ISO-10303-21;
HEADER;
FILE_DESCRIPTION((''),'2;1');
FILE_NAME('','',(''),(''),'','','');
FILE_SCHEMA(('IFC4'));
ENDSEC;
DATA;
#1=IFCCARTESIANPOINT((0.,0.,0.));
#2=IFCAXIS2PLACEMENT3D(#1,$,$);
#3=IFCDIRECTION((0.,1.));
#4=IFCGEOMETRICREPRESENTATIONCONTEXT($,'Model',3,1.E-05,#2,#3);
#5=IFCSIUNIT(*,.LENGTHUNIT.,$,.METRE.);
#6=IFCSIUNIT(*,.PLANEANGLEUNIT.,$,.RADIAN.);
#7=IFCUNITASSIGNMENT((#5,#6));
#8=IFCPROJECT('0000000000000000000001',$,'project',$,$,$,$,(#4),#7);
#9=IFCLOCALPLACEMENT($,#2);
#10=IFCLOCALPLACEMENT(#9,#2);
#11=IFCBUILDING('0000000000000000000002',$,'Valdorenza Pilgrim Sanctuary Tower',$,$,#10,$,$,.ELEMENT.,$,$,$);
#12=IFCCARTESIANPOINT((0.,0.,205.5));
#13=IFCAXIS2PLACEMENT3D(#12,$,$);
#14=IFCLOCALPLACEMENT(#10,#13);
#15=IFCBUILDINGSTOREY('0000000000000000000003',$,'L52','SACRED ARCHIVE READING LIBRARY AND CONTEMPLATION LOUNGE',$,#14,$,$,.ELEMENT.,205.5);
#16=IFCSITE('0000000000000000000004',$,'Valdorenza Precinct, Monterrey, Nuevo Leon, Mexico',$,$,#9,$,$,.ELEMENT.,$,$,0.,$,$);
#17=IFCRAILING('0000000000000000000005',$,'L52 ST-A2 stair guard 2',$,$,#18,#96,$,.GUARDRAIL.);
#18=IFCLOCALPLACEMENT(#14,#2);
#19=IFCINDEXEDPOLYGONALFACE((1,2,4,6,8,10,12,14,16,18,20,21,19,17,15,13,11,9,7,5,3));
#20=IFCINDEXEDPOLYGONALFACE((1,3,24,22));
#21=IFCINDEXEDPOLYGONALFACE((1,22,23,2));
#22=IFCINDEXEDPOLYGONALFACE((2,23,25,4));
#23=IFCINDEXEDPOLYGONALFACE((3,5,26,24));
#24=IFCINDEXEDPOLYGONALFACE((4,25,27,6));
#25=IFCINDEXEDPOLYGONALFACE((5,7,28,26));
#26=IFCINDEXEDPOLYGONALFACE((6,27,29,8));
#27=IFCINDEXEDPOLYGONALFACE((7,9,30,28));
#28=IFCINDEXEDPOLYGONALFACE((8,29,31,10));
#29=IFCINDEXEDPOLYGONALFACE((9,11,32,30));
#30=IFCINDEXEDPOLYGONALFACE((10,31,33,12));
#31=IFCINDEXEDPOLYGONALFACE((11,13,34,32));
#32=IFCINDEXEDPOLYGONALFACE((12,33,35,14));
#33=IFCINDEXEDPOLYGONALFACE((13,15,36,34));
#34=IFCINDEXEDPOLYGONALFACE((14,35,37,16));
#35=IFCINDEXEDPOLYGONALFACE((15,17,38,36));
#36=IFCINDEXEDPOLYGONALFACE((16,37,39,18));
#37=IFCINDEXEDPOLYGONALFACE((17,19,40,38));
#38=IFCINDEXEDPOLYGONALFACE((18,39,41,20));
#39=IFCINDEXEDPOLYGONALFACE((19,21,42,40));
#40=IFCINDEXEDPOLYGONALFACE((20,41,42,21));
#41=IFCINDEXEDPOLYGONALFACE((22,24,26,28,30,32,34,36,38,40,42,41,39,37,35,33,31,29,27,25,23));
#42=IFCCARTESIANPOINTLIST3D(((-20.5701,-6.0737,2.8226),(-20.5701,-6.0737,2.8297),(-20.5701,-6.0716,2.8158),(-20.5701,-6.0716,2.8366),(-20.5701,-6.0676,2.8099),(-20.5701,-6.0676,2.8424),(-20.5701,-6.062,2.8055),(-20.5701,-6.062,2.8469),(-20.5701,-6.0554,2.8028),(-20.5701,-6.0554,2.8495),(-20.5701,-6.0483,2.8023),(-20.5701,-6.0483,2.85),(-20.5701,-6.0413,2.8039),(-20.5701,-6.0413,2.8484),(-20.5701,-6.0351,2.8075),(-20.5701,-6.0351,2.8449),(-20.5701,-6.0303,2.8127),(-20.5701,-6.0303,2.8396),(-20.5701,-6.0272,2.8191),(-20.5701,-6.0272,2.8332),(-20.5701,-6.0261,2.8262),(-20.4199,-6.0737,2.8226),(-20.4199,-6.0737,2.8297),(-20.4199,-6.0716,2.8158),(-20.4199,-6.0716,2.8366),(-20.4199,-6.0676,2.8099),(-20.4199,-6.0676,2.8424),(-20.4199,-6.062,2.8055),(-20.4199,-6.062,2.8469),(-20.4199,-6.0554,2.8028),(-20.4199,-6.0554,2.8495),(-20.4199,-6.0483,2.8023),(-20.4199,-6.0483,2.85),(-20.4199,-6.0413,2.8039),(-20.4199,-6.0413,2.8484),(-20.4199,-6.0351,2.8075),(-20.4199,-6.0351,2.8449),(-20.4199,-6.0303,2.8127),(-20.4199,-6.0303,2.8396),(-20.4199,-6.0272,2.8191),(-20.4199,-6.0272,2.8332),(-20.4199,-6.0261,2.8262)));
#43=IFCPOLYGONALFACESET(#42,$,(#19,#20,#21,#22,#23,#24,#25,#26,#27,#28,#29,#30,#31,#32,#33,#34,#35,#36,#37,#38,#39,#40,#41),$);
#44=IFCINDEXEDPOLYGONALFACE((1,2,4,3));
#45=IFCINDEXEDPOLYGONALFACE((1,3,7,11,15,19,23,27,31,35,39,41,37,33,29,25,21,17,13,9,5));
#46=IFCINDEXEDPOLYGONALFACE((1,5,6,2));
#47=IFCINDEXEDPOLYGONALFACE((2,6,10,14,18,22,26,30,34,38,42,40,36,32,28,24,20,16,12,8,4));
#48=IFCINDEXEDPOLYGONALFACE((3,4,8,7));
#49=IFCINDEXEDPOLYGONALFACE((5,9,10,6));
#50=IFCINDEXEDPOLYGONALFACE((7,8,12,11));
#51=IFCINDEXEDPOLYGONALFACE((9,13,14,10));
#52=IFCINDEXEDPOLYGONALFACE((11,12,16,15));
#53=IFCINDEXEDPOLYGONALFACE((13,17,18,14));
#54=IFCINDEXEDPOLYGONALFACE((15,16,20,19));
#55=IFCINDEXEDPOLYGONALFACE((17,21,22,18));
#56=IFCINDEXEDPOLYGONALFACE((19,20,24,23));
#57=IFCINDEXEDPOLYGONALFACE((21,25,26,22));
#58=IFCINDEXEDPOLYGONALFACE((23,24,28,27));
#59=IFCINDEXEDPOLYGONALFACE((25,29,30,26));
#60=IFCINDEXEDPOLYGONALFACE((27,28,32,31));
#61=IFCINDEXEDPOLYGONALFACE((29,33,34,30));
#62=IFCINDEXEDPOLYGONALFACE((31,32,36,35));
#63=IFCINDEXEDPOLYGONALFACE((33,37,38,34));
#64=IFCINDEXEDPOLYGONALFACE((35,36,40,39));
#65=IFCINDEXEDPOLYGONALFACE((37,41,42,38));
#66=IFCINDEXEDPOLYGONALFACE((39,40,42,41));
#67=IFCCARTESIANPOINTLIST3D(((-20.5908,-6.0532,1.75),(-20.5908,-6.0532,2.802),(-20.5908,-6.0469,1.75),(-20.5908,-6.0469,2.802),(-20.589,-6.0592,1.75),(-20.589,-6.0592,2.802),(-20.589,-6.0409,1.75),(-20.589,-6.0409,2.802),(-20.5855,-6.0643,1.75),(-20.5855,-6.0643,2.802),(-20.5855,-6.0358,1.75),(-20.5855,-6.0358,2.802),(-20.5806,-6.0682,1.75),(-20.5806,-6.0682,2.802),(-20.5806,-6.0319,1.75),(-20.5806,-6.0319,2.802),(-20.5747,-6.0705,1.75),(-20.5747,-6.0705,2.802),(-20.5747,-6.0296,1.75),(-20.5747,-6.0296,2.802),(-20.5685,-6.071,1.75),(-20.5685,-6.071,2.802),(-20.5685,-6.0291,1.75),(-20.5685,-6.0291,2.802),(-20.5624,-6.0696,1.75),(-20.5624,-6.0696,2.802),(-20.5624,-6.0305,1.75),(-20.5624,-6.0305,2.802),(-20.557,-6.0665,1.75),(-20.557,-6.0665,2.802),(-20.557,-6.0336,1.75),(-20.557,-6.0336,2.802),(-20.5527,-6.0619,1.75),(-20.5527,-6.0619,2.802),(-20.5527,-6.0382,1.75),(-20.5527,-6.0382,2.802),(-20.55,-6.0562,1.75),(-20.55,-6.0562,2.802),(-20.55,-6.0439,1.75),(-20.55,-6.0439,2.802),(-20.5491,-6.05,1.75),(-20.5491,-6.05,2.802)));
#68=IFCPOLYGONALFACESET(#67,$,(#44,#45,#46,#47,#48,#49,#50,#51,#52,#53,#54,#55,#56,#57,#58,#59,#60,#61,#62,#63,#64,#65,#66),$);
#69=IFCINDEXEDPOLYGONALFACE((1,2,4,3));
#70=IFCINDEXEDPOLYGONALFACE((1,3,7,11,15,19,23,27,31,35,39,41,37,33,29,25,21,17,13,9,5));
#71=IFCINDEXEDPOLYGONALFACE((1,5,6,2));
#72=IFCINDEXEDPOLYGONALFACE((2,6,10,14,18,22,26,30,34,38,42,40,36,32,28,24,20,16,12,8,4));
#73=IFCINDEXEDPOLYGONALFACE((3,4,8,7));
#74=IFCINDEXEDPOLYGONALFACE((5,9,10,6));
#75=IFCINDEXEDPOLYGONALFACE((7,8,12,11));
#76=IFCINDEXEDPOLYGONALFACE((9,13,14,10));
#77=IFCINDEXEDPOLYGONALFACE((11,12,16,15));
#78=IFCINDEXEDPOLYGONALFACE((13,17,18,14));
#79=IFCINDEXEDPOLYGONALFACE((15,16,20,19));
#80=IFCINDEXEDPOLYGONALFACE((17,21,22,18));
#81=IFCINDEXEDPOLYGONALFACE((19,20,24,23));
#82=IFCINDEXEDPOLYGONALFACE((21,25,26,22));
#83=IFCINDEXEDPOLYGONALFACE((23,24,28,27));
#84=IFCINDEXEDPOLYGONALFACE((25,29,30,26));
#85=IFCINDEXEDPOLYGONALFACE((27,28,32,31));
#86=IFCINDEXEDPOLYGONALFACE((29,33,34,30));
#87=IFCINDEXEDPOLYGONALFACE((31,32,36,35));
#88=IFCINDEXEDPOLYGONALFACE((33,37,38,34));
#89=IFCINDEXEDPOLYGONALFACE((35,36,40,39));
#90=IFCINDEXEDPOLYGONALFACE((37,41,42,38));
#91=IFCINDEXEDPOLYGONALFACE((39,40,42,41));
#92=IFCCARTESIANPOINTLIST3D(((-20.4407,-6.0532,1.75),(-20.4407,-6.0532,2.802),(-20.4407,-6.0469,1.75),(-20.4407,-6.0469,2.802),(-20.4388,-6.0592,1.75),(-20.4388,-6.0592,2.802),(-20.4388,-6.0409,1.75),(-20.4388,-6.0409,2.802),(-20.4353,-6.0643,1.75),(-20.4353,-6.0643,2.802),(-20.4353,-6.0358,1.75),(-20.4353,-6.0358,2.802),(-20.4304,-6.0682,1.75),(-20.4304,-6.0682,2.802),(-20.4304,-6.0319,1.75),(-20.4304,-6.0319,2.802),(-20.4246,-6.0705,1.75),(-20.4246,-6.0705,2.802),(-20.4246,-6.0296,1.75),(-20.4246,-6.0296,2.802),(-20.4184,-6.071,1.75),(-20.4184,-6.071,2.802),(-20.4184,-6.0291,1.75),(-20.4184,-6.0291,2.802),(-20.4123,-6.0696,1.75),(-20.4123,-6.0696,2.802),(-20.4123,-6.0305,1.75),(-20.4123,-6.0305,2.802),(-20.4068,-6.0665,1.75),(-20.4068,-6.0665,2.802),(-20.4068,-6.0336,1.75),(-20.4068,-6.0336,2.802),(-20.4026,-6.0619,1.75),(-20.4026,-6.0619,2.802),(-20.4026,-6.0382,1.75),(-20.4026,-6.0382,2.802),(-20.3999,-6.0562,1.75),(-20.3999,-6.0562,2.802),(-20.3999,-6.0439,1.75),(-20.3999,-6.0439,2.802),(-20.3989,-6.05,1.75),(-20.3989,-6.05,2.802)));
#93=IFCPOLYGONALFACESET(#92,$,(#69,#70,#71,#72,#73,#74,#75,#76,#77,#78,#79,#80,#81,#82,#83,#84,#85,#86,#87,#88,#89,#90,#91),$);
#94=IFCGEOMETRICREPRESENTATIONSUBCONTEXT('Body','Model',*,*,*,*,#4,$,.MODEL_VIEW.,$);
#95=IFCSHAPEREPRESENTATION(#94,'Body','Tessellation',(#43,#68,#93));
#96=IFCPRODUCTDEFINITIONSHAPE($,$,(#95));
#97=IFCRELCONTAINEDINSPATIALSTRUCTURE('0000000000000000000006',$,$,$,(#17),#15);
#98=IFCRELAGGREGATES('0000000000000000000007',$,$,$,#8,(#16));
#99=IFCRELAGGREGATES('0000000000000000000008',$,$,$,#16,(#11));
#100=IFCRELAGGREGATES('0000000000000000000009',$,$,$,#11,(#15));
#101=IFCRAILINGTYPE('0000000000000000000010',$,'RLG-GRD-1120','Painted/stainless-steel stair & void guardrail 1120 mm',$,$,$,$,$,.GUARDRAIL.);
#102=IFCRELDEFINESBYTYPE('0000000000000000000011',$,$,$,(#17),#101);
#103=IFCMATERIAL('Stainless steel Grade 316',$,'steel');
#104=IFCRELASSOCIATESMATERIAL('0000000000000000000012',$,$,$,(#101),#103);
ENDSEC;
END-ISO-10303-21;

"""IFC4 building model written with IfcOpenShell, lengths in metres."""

from ifc_helpers import new_model, si_unit, direction, frame, origin, origin_2d, place, context, subcontext, project, spatial, circle, extrude, material, type_object, element, save


model = new_model("IFC4")

# Units and contexts
model_context = context("Model", 3, precision=1e-05, world=origin(), true_north=direction((0.0, 1.0)))
body_context = subcontext(model_context, "Body", "Model", "MODEL_VIEW")
ifc_project = project(units=[si_unit("LENGTHUNIT", "METRE"), si_unit("PLANEANGLEUNIT", "RADIAN")], contexts=[model_context])

# Site, building, storey
site_placement = place(None, origin())
site = spatial("IfcSite", under=ifc_project, at=site_placement, Name="Valdorenza Precinct, Monterrey, Nuevo Leon, Mexico", CompositionType="ELEMENT", RefElevation=0.0)
building_placement = place(site_placement, origin())
building = spatial("IfcBuilding", under=site, at=building_placement, Name="Valdorenza Pilgrim Sanctuary Tower", CompositionType="ELEMENT")
storey_placement = place(building_placement, frame((0.0, 0.0, 205.5)))
storey = spatial("IfcBuildingStorey", under=building, at=storey_placement, Name="L52", Description="SACRED ARCHIVE READING LIBRARY AND CONTEMPLATION LOUNGE", CompositionType="ELEMENT", Elevation=205.5)

# Railing
ifc_material_1 = material(Name="Stainless steel Grade 316", Category="steel")
railing_type_1 = type_object("IfcRailingType", Name="RLG-GRD-1120", Description="Painted/stainless-steel stair & void guardrail 1120 mm", PredefinedType="GUARDRAIL", material=ifc_material_1)
railing_1_placement = place(storey_placement, frame((-20.5701, -6.05, 1.75)))
element("IfcRailing", 1, at=railing_1_placement, inside=storey, type_object=railing_type_1, Name="L52 ST-A2 stair guard 2", PredefinedType="GUARDRAIL", context=body_context, shape_type="SweptSolid", body=[
    extrude(circle(Radius=0.0239, at=origin_2d()), frame((0.0, 0.0, 1.0762), z_axis=(1.0, 0.0, 0.0), x_axis=(0.0, 1.0, 0.0)), (0.0, 0.0, 1.0), 0.1501),
    extrude(circle(Radius=0.021, at=origin_2d()), origin(), (0.0, 0.0, 1.0), 1.052),
    extrude(circle(Radius=0.021, at=origin_2d()), frame((0.1501, 0.0, 0.0)), (0.0, 0.0, 1.0), 1.052),
])

save(model, "model.ifc")
